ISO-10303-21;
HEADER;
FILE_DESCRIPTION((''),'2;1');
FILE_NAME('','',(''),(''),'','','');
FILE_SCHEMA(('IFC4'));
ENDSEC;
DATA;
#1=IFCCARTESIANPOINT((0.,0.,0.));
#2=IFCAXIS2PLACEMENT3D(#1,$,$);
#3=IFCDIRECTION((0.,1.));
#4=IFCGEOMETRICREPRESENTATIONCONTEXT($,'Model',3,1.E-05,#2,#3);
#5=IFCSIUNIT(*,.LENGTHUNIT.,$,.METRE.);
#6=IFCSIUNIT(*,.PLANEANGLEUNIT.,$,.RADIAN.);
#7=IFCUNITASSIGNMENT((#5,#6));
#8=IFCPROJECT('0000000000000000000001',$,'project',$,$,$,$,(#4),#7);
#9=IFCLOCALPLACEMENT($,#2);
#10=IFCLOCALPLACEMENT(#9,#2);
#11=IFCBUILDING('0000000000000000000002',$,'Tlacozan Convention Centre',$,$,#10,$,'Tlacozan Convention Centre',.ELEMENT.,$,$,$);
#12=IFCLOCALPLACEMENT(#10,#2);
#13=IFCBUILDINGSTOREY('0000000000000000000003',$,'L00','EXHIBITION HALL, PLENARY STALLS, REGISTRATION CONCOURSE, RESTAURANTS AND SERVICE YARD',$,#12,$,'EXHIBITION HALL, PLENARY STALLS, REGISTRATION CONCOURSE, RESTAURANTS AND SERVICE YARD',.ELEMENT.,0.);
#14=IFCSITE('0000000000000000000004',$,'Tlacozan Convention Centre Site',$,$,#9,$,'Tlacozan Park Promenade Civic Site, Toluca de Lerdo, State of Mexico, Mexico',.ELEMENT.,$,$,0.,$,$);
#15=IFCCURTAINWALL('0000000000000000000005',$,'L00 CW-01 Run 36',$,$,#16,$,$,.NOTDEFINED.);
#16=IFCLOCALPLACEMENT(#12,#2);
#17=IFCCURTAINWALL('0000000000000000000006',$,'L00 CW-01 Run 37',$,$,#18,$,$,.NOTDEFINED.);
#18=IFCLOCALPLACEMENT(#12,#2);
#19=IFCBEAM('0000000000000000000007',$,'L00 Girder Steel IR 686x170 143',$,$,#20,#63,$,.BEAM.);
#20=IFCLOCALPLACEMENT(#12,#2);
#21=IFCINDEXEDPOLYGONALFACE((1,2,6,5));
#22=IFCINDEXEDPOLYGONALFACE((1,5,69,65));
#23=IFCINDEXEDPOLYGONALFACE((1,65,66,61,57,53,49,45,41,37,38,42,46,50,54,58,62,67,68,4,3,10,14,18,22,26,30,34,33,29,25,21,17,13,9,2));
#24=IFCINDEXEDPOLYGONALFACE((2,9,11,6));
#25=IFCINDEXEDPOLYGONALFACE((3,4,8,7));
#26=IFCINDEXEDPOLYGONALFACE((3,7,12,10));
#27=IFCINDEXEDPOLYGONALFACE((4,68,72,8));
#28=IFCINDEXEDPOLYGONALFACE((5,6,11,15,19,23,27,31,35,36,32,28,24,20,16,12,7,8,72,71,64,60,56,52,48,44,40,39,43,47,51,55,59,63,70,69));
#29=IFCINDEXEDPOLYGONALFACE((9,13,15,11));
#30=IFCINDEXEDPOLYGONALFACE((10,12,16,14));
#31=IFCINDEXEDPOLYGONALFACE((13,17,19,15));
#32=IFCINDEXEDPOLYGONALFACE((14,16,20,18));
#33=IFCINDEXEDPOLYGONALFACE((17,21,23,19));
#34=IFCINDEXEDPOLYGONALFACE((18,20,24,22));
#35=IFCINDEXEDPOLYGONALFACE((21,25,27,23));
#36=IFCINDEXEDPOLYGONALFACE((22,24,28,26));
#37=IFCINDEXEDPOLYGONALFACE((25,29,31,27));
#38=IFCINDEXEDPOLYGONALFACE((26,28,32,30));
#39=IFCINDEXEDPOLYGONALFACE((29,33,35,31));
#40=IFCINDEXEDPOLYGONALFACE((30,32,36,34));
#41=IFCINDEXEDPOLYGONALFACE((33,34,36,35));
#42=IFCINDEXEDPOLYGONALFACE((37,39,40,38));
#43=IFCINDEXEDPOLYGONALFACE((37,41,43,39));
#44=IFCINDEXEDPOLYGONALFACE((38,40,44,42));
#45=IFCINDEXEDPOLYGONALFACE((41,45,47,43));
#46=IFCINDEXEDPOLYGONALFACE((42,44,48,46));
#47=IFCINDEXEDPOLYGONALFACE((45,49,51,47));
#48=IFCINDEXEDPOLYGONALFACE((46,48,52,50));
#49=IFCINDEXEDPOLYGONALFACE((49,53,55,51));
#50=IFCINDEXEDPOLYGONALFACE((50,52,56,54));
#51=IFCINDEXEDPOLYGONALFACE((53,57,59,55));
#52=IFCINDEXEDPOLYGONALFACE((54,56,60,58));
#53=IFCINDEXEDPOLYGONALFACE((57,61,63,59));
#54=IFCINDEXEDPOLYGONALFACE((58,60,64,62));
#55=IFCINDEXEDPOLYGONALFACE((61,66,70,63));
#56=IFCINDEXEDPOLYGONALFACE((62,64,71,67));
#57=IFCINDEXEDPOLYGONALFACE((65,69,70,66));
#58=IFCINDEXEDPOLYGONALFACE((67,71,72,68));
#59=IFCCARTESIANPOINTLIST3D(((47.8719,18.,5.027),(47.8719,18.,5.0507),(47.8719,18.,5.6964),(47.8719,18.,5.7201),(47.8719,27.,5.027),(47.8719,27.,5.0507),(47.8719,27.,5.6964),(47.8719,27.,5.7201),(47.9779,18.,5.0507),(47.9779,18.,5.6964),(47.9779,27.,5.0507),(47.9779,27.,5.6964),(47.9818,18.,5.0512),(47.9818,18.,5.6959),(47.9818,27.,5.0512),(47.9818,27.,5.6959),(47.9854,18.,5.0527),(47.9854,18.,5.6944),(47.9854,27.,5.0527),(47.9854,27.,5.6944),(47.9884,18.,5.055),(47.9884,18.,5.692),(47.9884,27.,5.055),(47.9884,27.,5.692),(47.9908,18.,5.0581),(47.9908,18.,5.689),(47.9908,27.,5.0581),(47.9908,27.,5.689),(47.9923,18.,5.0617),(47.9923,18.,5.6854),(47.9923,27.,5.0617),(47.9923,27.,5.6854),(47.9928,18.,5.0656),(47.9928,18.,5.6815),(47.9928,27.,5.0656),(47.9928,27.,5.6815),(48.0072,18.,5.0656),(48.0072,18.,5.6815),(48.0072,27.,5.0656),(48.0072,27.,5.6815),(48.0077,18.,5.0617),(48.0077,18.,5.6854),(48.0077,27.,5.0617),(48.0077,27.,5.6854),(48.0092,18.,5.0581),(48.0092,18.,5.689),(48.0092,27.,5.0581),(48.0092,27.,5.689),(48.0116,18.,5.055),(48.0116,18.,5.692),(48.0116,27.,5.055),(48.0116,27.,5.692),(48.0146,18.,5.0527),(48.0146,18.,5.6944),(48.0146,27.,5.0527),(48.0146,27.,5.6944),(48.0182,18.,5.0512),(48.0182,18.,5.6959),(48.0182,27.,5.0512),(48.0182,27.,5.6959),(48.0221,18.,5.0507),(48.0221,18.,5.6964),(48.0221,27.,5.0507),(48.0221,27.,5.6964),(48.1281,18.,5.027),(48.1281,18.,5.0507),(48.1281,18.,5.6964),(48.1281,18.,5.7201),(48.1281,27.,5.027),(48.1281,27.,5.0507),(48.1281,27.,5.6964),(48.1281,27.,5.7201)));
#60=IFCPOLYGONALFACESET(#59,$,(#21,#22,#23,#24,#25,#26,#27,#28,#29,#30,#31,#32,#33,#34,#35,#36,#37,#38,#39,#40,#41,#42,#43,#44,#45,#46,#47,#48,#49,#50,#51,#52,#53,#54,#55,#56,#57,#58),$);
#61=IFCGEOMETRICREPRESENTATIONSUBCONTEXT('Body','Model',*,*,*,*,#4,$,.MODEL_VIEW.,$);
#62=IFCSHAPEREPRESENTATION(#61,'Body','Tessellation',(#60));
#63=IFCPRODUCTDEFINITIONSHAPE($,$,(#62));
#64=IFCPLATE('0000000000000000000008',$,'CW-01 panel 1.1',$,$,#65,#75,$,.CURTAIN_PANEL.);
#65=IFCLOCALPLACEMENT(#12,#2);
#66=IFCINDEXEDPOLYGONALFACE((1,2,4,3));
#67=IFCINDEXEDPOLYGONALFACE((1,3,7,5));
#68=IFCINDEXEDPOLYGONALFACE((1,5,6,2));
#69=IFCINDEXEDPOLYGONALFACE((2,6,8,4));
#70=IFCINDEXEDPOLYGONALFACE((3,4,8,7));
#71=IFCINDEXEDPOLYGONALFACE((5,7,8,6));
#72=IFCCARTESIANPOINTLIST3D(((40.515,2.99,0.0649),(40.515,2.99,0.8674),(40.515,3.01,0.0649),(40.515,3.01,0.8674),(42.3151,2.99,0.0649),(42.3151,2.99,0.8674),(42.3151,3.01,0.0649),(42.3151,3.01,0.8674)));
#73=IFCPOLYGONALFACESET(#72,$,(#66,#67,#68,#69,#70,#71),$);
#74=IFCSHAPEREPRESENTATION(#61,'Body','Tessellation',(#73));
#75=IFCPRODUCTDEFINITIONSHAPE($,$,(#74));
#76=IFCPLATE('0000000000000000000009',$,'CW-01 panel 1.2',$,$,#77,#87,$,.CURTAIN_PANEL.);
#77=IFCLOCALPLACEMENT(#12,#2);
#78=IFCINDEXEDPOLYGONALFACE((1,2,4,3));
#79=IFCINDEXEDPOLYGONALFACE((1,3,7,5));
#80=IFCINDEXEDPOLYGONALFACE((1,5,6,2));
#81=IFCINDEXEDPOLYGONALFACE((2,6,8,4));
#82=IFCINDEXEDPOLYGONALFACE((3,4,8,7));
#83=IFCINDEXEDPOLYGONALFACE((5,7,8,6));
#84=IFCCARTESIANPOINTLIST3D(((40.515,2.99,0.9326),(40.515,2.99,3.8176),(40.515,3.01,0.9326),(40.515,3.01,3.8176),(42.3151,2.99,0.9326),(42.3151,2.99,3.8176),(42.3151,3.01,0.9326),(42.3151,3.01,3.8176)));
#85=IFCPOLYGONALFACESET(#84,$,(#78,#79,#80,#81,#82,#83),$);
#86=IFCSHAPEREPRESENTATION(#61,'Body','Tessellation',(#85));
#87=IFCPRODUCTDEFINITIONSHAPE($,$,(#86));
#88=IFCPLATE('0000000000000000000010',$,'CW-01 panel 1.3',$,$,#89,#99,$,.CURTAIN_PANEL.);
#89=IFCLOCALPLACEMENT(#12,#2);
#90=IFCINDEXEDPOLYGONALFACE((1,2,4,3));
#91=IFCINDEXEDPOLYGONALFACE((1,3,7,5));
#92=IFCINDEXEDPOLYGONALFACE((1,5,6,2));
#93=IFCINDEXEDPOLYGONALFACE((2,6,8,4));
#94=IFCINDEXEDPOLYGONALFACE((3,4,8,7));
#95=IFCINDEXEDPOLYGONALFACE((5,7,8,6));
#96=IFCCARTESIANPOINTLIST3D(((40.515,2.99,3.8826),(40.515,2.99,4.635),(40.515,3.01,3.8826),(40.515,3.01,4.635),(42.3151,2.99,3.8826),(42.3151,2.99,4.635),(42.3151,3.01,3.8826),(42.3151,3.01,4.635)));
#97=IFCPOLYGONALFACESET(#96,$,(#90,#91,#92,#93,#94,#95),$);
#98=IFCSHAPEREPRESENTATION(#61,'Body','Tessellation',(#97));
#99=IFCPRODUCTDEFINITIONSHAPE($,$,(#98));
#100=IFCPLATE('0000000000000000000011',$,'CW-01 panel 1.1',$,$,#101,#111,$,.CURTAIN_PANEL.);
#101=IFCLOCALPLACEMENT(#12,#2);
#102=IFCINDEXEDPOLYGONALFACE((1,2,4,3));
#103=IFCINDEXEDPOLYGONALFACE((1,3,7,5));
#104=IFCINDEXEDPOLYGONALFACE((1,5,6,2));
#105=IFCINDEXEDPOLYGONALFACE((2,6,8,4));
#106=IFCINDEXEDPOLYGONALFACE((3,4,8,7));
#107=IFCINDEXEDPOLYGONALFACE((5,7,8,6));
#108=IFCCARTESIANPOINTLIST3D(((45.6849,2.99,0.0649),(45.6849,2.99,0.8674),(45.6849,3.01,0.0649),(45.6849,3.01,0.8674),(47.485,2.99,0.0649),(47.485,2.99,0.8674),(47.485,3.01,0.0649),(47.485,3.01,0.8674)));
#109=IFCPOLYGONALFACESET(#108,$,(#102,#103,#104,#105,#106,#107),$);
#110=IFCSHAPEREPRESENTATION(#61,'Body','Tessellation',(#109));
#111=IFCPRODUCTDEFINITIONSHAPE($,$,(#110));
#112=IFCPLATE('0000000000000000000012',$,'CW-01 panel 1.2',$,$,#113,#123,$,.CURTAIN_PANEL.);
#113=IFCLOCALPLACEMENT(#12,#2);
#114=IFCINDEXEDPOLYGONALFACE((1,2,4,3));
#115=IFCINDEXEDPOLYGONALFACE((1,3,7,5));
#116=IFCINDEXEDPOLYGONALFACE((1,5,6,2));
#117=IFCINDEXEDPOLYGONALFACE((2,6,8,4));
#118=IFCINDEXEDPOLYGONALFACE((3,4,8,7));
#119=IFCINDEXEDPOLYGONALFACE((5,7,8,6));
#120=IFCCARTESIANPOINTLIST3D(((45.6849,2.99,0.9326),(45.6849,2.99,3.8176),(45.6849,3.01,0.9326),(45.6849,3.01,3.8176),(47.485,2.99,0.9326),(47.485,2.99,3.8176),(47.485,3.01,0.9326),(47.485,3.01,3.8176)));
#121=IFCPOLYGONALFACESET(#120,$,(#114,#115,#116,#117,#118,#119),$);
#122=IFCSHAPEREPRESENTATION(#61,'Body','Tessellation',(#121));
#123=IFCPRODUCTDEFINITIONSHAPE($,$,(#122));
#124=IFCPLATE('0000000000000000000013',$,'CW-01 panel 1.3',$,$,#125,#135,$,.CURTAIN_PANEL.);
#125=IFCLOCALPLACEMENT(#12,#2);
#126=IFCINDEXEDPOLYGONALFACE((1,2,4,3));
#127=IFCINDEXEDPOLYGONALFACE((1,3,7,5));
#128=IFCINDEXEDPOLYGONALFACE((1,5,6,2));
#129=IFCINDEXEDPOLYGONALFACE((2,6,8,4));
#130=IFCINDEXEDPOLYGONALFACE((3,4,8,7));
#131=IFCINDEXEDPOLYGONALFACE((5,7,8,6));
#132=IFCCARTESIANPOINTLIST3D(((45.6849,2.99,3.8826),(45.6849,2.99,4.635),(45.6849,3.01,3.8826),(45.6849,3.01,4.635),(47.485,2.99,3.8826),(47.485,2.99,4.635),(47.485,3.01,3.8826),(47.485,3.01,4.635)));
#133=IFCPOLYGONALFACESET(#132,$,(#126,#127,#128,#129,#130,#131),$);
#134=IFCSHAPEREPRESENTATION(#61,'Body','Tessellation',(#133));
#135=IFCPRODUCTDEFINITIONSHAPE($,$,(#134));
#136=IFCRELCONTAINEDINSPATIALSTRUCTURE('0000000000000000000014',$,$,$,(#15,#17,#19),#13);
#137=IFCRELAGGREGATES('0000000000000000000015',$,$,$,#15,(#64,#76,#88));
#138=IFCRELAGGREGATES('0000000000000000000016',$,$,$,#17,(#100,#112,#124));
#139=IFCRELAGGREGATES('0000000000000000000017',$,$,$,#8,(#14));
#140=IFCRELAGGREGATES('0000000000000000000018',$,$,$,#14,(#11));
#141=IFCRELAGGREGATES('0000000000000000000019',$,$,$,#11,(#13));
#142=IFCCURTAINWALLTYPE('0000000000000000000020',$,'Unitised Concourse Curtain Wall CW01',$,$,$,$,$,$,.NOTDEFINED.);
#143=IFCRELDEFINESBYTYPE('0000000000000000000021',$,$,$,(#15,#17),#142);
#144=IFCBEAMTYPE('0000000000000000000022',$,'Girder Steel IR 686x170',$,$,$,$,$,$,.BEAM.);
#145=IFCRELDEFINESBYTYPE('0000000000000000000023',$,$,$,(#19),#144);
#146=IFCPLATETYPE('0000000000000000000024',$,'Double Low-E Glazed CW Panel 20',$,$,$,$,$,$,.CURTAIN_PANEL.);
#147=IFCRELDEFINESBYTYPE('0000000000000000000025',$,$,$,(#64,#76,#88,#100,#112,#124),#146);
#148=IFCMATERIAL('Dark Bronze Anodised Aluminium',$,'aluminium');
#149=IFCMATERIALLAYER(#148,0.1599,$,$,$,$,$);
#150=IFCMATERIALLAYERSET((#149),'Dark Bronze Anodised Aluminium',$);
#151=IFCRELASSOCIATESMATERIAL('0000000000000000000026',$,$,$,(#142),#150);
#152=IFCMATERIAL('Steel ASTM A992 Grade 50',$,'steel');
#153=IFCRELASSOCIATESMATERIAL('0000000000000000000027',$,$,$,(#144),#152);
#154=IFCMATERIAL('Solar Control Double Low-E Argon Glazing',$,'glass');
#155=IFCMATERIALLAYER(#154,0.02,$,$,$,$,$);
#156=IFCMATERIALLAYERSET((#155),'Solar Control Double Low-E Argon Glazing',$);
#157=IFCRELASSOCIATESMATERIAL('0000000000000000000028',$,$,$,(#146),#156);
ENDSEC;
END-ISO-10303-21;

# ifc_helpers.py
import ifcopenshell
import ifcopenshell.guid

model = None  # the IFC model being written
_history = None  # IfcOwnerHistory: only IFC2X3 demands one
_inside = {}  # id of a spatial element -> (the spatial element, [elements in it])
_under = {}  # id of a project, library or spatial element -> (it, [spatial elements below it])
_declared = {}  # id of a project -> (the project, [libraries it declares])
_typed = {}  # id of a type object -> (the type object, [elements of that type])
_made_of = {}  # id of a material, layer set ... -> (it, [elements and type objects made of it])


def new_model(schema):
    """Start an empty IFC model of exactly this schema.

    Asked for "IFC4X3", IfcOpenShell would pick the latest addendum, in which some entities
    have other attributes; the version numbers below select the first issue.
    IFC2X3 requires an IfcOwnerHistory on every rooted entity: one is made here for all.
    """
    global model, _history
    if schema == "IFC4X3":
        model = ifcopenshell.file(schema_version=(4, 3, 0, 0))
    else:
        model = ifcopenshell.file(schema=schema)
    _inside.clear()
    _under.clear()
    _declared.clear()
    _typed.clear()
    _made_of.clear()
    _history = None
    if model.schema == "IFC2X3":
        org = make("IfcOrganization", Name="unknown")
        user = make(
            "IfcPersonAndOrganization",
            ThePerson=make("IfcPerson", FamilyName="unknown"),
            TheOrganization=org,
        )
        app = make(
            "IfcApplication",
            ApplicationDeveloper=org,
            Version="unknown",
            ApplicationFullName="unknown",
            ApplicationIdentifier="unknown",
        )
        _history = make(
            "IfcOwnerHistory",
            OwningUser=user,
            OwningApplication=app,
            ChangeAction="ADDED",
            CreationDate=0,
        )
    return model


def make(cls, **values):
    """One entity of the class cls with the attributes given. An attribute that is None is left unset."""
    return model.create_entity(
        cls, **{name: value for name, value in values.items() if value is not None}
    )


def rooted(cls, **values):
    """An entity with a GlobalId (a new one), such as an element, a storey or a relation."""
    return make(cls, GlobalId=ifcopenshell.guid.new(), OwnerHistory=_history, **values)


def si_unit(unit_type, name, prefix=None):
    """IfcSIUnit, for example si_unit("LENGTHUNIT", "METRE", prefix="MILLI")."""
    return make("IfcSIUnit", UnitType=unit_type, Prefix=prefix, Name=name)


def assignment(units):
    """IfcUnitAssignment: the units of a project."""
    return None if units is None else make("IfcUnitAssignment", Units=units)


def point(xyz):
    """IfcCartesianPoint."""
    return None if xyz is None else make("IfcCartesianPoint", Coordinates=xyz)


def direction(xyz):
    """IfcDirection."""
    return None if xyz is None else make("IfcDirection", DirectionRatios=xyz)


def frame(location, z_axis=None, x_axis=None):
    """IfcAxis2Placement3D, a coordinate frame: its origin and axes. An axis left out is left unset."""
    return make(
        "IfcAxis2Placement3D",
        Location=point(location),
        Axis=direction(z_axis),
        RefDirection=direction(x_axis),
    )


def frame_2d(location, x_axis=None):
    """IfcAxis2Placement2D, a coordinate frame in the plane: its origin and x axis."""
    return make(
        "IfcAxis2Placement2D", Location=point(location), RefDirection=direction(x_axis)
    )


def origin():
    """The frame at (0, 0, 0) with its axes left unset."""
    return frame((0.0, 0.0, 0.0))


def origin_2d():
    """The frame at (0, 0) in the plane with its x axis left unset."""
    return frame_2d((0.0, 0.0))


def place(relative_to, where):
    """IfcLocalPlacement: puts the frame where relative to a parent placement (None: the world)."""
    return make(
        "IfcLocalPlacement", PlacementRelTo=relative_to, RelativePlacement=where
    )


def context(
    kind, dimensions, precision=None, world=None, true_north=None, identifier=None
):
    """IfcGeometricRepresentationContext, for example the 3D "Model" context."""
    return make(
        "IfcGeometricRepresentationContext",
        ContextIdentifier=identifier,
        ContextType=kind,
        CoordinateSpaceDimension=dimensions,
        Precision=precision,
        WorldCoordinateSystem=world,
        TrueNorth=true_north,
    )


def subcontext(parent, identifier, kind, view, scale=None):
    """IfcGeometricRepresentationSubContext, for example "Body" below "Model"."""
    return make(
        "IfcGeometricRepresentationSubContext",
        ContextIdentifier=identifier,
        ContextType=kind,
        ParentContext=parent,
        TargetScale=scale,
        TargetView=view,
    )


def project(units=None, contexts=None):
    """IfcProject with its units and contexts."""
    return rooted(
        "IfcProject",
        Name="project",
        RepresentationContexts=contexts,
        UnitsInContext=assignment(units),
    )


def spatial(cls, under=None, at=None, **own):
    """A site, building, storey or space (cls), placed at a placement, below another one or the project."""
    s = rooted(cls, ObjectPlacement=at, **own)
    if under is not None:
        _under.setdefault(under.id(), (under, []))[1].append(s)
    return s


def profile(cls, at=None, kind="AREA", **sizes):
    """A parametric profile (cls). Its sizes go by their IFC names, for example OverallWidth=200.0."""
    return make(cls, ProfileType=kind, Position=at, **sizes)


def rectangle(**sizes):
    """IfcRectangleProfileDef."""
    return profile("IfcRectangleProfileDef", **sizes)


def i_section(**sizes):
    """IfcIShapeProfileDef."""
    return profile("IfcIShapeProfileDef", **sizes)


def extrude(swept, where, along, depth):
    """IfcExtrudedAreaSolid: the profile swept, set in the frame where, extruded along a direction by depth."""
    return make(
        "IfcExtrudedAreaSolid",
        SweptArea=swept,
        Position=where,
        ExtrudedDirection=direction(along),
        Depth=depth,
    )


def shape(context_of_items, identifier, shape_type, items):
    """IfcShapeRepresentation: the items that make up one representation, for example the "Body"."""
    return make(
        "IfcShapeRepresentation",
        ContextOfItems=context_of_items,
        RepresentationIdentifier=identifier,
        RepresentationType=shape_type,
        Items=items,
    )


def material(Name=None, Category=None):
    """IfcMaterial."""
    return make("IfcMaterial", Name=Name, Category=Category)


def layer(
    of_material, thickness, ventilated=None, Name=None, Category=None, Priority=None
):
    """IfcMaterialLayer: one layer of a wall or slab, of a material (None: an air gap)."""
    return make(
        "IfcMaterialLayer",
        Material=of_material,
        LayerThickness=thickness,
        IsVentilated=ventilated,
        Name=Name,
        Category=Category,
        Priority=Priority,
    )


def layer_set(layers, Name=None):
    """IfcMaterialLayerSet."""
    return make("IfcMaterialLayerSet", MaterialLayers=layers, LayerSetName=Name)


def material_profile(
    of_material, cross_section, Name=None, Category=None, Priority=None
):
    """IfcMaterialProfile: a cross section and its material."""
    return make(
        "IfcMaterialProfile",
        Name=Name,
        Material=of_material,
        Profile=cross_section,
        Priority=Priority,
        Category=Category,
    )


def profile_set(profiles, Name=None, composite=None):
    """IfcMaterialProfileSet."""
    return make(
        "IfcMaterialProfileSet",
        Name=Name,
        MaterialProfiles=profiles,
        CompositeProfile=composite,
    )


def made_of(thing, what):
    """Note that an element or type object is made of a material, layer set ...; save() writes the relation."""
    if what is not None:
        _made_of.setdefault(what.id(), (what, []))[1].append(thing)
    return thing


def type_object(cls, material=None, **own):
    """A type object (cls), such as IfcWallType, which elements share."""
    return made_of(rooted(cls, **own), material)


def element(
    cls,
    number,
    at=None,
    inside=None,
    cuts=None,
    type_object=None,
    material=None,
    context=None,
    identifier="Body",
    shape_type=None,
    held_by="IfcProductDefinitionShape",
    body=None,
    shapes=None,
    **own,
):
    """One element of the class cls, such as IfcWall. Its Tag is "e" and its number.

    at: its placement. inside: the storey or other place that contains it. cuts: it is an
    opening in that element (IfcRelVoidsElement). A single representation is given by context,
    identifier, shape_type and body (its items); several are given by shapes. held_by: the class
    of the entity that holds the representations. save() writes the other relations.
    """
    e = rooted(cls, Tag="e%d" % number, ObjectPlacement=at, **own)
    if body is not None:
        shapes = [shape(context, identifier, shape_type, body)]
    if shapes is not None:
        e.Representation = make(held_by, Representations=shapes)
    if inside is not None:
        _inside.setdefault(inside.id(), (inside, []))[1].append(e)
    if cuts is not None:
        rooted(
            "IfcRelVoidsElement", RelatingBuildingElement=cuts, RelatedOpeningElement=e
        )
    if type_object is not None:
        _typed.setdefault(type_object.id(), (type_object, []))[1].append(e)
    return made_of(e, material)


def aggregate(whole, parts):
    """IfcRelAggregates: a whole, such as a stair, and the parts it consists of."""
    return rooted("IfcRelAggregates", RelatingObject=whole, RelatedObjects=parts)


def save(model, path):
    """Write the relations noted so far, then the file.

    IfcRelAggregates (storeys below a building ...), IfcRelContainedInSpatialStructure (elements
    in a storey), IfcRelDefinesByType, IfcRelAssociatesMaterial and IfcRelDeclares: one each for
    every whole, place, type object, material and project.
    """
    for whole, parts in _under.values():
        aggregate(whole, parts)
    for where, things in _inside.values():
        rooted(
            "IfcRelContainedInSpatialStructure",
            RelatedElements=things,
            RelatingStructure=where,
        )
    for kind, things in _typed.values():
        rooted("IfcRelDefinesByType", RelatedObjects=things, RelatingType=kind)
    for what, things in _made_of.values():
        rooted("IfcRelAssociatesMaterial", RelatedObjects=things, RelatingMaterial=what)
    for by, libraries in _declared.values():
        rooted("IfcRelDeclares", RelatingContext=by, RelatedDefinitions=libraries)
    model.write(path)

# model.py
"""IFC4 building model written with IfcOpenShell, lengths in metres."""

from ifc_helpers import new_model, si_unit, direction, frame, origin, origin_2d, place, context, subcontext, project, spatial, rectangle, i_section, extrude, material, layer, layer_set, material_profile, profile_set, type_object, element, aggregate, save


model = new_model("IFC4")

# Units and contexts
model_context = context("Model", 3, precision=1e-05, world=origin(), true_north=direction((0.0, 1.0)))
body_context = subcontext(model_context, "Body", "Model", "MODEL_VIEW")
ifc_project = project(units=[si_unit("LENGTHUNIT", "METRE"), si_unit("PLANEANGLEUNIT", "RADIAN")], contexts=[model_context])

# Site, building, storey
site_placement = place(None, origin())
site = spatial("IfcSite", under=ifc_project, at=site_placement, Name="Tlacozan Convention Centre Site", LongName="Tlacozan Park Promenade Civic Site, Toluca de Lerdo, State of Mexico, Mexico", CompositionType="ELEMENT", RefElevation=0.0)
building_placement = place(site_placement, origin())
building = spatial("IfcBuilding", under=site, at=building_placement, Name="Tlacozan Convention Centre", LongName="Tlacozan Convention Centre", CompositionType="ELEMENT")
storey_placement = place(building_placement, origin())
storey = spatial("IfcBuildingStorey", under=building, at=storey_placement, Name="L00", Description="EXHIBITION HALL, PLENARY STALLS, REGISTRATION CONCOURSE, RESTAURANTS AND SERVICE YARD", LongName="EXHIBITION HALL, PLENARY STALLS, REGISTRATION CONCOURSE, RESTAURANTS AND SERVICE YARD", CompositionType="ELEMENT", Elevation=0.0)

# Curtain wall
ifc_material_1 = material(Name="Dark Bronze Anodised Aluminium", Category="aluminium")
ifc_layer_1 = layer(ifc_material_1, 0.1599)
ifc_layer_set_1 = layer_set([ifc_layer_1], Name="Dark Bronze Anodised Aluminium")
curtain_wall_type = type_object("IfcCurtainWallType", Name="Unitised Concourse Curtain Wall CW01", PredefinedType="NOTDEFINED", material=ifc_layer_set_1)
curtain_wall_1_placement = place(storey_placement, origin())
curtain_wall_1 = element("IfcCurtainWall", 1, at=curtain_wall_1_placement, inside=storey, type_object=curtain_wall_type, Name="L00 CW-01 Run 36", PredefinedType="NOTDEFINED")

# Curtain wall
curtain_wall_2_placement = place(storey_placement, origin())
curtain_wall_2 = element("IfcCurtainWall", 2, at=curtain_wall_2_placement, inside=storey, type_object=curtain_wall_type, Name="L00 CW-01 Run 37", PredefinedType="NOTDEFINED")

# Beam
ifc_material_2 = material(Name="Steel ASTM A992 Grade 50", Category="steel")
ifc_material_profile_1 = material_profile(ifc_material_2, i_section(OverallWidth=0.2561, OverallDepth=0.6931, WebThickness=0.0144, FlangeThickness=0.0237, FilletRadius=0.0149, at=origin_2d()), Name="IR 686x170.0")
ifc_profile_set_1 = profile_set([ifc_material_profile_1], Name="Steel ASTM A992 Grade 50")
beam_type_1 = type_object("IfcBeamType", Name="Girder Steel IR 686x170", PredefinedType="BEAM", material=ifc_profile_set_1)
for number, where, z_axis, x_axis, name in (
    (3, (48.0, 18.0, 5.3735), (0.0, 1.0, 0.0), (-1.0, 0.0, 0.0), "L00 Girder Steel IR 686x170 143"),
):
    element("IfcBeam", number, at=place(storey_placement, frame(where, z_axis=z_axis, x_axis=x_axis)), inside=storey, type_object=beam_type_1, Name=name, PredefinedType="BEAM", context=body_context, shape_type="SweptSolid", body=[
        extrude(i_section(OverallWidth=0.2561, OverallDepth=0.6931, WebThickness=0.0144, FlangeThickness=0.0237, FilletRadius=0.0149, at=origin_2d()), origin(), (0.0, 0.0, 1.0), 9.0),
    ])

# Plates
ifc_material_3 = material(Name="Solar Control Double Low-E Argon Glazing", Category="glass")
ifc_layer_2 = layer(ifc_material_3, 0.02)
ifc_layer_set_2 = layer_set([ifc_layer_2], Name="Solar Control Double Low-E Argon Glazing")
plate_type = type_object("IfcPlateType", Name="Double Low-E Glazed CW Panel 20", PredefinedType="CURTAIN_PANEL", material=ifc_layer_set_2)
plate_1_placement = place(storey_placement, frame((41.415, 3.0, 0.0649), z_axis=(0.0, 0.0, 1.0), x_axis=(1.0, 0.0, 0.0)))
plate_1 = element("IfcPlate", 4, at=plate_1_placement, type_object=plate_type, Name="CW-01 panel 1.1", PredefinedType="CURTAIN_PANEL", context=body_context, shape_type="SweptSolid", body=[
    extrude(rectangle(XDim=1.8, YDim=0.02, at=origin_2d()), origin(), (0.0, 0.0, 1.0), 0.8025),
])
plate_2_placement = place(storey_placement, frame((41.415, 3.0, 0.9326), z_axis=(0.0, 0.0, 1.0), x_axis=(1.0, 0.0, 0.0)))
plate_2 = element("IfcPlate", 5, at=plate_2_placement, type_object=plate_type, Name="CW-01 panel 1.2", PredefinedType="CURTAIN_PANEL", context=body_context, shape_type="SweptSolid", body=[
    extrude(rectangle(XDim=1.8, YDim=0.02, at=origin_2d()), origin(), (0.0, 0.0, 1.0), 2.885),
])
plate_3_placement = place(storey_placement, frame((41.415, 3.0, 3.8826), z_axis=(0.0, 0.0, 1.0), x_axis=(1.0, 0.0, 0.0)))
plate_3 = element("IfcPlate", 6, at=plate_3_placement, type_object=plate_type, Name="CW-01 panel 1.3", PredefinedType="CURTAIN_PANEL", context=body_context, shape_type="SweptSolid", body=[
    extrude(rectangle(XDim=1.8, YDim=0.02, at=origin_2d()), origin(), (0.0, 0.0, 1.0), 0.7524),
])
aggregate(curtain_wall_1, [plate_1, plate_2, plate_3])
plate_4_placement = place(storey_placement, frame((46.585, 3.0, 0.0649), z_axis=(0.0, 0.0, 1.0), x_axis=(1.0, 0.0, 0.0)))
plate_4 = element("IfcPlate", 7, at=plate_4_placement, type_object=plate_type, Name="CW-01 panel 1.1", PredefinedType="CURTAIN_PANEL", context=body_context, shape_type="SweptSolid", body=[
    extrude(rectangle(XDim=1.8, YDim=0.02, at=origin_2d()), origin(), (0.0, 0.0, 1.0), 0.8025),
])
plate_5_placement = place(storey_placement, frame((46.585, 3.0, 0.9326), z_axis=(0.0, 0.0, 1.0), x_axis=(1.0, 0.0, 0.0)))
plate_5 = element("IfcPlate", 8, at=plate_5_placement, type_object=plate_type, Name="CW-01 panel 1.2", PredefinedType="CURTAIN_PANEL", context=body_context, shape_type="SweptSolid", body=[
    extrude(rectangle(XDim=1.8, YDim=0.02, at=origin_2d()), origin(), (0.0, 0.0, 1.0), 2.885),
])
plate_6_placement = place(storey_placement, frame((46.585, 3.0, 3.8826), z_axis=(0.0, 0.0, 1.0), x_axis=(1.0, 0.0, 0.0)))
plate_6 = element("IfcPlate", 9, at=plate_6_placement, type_object=plate_type, Name="CW-01 panel 1.3", PredefinedType="CURTAIN_PANEL", context=body_context, shape_type="SweptSolid", body=[
    extrude(rectangle(XDim=1.8, YDim=0.02, at=origin_2d()), origin(), (0.0, 0.0, 1.0), 0.7524),
])
aggregate(curtain_wall_2, [plate_4, plate_5, plate_6])

save(model, "model.ifc")
